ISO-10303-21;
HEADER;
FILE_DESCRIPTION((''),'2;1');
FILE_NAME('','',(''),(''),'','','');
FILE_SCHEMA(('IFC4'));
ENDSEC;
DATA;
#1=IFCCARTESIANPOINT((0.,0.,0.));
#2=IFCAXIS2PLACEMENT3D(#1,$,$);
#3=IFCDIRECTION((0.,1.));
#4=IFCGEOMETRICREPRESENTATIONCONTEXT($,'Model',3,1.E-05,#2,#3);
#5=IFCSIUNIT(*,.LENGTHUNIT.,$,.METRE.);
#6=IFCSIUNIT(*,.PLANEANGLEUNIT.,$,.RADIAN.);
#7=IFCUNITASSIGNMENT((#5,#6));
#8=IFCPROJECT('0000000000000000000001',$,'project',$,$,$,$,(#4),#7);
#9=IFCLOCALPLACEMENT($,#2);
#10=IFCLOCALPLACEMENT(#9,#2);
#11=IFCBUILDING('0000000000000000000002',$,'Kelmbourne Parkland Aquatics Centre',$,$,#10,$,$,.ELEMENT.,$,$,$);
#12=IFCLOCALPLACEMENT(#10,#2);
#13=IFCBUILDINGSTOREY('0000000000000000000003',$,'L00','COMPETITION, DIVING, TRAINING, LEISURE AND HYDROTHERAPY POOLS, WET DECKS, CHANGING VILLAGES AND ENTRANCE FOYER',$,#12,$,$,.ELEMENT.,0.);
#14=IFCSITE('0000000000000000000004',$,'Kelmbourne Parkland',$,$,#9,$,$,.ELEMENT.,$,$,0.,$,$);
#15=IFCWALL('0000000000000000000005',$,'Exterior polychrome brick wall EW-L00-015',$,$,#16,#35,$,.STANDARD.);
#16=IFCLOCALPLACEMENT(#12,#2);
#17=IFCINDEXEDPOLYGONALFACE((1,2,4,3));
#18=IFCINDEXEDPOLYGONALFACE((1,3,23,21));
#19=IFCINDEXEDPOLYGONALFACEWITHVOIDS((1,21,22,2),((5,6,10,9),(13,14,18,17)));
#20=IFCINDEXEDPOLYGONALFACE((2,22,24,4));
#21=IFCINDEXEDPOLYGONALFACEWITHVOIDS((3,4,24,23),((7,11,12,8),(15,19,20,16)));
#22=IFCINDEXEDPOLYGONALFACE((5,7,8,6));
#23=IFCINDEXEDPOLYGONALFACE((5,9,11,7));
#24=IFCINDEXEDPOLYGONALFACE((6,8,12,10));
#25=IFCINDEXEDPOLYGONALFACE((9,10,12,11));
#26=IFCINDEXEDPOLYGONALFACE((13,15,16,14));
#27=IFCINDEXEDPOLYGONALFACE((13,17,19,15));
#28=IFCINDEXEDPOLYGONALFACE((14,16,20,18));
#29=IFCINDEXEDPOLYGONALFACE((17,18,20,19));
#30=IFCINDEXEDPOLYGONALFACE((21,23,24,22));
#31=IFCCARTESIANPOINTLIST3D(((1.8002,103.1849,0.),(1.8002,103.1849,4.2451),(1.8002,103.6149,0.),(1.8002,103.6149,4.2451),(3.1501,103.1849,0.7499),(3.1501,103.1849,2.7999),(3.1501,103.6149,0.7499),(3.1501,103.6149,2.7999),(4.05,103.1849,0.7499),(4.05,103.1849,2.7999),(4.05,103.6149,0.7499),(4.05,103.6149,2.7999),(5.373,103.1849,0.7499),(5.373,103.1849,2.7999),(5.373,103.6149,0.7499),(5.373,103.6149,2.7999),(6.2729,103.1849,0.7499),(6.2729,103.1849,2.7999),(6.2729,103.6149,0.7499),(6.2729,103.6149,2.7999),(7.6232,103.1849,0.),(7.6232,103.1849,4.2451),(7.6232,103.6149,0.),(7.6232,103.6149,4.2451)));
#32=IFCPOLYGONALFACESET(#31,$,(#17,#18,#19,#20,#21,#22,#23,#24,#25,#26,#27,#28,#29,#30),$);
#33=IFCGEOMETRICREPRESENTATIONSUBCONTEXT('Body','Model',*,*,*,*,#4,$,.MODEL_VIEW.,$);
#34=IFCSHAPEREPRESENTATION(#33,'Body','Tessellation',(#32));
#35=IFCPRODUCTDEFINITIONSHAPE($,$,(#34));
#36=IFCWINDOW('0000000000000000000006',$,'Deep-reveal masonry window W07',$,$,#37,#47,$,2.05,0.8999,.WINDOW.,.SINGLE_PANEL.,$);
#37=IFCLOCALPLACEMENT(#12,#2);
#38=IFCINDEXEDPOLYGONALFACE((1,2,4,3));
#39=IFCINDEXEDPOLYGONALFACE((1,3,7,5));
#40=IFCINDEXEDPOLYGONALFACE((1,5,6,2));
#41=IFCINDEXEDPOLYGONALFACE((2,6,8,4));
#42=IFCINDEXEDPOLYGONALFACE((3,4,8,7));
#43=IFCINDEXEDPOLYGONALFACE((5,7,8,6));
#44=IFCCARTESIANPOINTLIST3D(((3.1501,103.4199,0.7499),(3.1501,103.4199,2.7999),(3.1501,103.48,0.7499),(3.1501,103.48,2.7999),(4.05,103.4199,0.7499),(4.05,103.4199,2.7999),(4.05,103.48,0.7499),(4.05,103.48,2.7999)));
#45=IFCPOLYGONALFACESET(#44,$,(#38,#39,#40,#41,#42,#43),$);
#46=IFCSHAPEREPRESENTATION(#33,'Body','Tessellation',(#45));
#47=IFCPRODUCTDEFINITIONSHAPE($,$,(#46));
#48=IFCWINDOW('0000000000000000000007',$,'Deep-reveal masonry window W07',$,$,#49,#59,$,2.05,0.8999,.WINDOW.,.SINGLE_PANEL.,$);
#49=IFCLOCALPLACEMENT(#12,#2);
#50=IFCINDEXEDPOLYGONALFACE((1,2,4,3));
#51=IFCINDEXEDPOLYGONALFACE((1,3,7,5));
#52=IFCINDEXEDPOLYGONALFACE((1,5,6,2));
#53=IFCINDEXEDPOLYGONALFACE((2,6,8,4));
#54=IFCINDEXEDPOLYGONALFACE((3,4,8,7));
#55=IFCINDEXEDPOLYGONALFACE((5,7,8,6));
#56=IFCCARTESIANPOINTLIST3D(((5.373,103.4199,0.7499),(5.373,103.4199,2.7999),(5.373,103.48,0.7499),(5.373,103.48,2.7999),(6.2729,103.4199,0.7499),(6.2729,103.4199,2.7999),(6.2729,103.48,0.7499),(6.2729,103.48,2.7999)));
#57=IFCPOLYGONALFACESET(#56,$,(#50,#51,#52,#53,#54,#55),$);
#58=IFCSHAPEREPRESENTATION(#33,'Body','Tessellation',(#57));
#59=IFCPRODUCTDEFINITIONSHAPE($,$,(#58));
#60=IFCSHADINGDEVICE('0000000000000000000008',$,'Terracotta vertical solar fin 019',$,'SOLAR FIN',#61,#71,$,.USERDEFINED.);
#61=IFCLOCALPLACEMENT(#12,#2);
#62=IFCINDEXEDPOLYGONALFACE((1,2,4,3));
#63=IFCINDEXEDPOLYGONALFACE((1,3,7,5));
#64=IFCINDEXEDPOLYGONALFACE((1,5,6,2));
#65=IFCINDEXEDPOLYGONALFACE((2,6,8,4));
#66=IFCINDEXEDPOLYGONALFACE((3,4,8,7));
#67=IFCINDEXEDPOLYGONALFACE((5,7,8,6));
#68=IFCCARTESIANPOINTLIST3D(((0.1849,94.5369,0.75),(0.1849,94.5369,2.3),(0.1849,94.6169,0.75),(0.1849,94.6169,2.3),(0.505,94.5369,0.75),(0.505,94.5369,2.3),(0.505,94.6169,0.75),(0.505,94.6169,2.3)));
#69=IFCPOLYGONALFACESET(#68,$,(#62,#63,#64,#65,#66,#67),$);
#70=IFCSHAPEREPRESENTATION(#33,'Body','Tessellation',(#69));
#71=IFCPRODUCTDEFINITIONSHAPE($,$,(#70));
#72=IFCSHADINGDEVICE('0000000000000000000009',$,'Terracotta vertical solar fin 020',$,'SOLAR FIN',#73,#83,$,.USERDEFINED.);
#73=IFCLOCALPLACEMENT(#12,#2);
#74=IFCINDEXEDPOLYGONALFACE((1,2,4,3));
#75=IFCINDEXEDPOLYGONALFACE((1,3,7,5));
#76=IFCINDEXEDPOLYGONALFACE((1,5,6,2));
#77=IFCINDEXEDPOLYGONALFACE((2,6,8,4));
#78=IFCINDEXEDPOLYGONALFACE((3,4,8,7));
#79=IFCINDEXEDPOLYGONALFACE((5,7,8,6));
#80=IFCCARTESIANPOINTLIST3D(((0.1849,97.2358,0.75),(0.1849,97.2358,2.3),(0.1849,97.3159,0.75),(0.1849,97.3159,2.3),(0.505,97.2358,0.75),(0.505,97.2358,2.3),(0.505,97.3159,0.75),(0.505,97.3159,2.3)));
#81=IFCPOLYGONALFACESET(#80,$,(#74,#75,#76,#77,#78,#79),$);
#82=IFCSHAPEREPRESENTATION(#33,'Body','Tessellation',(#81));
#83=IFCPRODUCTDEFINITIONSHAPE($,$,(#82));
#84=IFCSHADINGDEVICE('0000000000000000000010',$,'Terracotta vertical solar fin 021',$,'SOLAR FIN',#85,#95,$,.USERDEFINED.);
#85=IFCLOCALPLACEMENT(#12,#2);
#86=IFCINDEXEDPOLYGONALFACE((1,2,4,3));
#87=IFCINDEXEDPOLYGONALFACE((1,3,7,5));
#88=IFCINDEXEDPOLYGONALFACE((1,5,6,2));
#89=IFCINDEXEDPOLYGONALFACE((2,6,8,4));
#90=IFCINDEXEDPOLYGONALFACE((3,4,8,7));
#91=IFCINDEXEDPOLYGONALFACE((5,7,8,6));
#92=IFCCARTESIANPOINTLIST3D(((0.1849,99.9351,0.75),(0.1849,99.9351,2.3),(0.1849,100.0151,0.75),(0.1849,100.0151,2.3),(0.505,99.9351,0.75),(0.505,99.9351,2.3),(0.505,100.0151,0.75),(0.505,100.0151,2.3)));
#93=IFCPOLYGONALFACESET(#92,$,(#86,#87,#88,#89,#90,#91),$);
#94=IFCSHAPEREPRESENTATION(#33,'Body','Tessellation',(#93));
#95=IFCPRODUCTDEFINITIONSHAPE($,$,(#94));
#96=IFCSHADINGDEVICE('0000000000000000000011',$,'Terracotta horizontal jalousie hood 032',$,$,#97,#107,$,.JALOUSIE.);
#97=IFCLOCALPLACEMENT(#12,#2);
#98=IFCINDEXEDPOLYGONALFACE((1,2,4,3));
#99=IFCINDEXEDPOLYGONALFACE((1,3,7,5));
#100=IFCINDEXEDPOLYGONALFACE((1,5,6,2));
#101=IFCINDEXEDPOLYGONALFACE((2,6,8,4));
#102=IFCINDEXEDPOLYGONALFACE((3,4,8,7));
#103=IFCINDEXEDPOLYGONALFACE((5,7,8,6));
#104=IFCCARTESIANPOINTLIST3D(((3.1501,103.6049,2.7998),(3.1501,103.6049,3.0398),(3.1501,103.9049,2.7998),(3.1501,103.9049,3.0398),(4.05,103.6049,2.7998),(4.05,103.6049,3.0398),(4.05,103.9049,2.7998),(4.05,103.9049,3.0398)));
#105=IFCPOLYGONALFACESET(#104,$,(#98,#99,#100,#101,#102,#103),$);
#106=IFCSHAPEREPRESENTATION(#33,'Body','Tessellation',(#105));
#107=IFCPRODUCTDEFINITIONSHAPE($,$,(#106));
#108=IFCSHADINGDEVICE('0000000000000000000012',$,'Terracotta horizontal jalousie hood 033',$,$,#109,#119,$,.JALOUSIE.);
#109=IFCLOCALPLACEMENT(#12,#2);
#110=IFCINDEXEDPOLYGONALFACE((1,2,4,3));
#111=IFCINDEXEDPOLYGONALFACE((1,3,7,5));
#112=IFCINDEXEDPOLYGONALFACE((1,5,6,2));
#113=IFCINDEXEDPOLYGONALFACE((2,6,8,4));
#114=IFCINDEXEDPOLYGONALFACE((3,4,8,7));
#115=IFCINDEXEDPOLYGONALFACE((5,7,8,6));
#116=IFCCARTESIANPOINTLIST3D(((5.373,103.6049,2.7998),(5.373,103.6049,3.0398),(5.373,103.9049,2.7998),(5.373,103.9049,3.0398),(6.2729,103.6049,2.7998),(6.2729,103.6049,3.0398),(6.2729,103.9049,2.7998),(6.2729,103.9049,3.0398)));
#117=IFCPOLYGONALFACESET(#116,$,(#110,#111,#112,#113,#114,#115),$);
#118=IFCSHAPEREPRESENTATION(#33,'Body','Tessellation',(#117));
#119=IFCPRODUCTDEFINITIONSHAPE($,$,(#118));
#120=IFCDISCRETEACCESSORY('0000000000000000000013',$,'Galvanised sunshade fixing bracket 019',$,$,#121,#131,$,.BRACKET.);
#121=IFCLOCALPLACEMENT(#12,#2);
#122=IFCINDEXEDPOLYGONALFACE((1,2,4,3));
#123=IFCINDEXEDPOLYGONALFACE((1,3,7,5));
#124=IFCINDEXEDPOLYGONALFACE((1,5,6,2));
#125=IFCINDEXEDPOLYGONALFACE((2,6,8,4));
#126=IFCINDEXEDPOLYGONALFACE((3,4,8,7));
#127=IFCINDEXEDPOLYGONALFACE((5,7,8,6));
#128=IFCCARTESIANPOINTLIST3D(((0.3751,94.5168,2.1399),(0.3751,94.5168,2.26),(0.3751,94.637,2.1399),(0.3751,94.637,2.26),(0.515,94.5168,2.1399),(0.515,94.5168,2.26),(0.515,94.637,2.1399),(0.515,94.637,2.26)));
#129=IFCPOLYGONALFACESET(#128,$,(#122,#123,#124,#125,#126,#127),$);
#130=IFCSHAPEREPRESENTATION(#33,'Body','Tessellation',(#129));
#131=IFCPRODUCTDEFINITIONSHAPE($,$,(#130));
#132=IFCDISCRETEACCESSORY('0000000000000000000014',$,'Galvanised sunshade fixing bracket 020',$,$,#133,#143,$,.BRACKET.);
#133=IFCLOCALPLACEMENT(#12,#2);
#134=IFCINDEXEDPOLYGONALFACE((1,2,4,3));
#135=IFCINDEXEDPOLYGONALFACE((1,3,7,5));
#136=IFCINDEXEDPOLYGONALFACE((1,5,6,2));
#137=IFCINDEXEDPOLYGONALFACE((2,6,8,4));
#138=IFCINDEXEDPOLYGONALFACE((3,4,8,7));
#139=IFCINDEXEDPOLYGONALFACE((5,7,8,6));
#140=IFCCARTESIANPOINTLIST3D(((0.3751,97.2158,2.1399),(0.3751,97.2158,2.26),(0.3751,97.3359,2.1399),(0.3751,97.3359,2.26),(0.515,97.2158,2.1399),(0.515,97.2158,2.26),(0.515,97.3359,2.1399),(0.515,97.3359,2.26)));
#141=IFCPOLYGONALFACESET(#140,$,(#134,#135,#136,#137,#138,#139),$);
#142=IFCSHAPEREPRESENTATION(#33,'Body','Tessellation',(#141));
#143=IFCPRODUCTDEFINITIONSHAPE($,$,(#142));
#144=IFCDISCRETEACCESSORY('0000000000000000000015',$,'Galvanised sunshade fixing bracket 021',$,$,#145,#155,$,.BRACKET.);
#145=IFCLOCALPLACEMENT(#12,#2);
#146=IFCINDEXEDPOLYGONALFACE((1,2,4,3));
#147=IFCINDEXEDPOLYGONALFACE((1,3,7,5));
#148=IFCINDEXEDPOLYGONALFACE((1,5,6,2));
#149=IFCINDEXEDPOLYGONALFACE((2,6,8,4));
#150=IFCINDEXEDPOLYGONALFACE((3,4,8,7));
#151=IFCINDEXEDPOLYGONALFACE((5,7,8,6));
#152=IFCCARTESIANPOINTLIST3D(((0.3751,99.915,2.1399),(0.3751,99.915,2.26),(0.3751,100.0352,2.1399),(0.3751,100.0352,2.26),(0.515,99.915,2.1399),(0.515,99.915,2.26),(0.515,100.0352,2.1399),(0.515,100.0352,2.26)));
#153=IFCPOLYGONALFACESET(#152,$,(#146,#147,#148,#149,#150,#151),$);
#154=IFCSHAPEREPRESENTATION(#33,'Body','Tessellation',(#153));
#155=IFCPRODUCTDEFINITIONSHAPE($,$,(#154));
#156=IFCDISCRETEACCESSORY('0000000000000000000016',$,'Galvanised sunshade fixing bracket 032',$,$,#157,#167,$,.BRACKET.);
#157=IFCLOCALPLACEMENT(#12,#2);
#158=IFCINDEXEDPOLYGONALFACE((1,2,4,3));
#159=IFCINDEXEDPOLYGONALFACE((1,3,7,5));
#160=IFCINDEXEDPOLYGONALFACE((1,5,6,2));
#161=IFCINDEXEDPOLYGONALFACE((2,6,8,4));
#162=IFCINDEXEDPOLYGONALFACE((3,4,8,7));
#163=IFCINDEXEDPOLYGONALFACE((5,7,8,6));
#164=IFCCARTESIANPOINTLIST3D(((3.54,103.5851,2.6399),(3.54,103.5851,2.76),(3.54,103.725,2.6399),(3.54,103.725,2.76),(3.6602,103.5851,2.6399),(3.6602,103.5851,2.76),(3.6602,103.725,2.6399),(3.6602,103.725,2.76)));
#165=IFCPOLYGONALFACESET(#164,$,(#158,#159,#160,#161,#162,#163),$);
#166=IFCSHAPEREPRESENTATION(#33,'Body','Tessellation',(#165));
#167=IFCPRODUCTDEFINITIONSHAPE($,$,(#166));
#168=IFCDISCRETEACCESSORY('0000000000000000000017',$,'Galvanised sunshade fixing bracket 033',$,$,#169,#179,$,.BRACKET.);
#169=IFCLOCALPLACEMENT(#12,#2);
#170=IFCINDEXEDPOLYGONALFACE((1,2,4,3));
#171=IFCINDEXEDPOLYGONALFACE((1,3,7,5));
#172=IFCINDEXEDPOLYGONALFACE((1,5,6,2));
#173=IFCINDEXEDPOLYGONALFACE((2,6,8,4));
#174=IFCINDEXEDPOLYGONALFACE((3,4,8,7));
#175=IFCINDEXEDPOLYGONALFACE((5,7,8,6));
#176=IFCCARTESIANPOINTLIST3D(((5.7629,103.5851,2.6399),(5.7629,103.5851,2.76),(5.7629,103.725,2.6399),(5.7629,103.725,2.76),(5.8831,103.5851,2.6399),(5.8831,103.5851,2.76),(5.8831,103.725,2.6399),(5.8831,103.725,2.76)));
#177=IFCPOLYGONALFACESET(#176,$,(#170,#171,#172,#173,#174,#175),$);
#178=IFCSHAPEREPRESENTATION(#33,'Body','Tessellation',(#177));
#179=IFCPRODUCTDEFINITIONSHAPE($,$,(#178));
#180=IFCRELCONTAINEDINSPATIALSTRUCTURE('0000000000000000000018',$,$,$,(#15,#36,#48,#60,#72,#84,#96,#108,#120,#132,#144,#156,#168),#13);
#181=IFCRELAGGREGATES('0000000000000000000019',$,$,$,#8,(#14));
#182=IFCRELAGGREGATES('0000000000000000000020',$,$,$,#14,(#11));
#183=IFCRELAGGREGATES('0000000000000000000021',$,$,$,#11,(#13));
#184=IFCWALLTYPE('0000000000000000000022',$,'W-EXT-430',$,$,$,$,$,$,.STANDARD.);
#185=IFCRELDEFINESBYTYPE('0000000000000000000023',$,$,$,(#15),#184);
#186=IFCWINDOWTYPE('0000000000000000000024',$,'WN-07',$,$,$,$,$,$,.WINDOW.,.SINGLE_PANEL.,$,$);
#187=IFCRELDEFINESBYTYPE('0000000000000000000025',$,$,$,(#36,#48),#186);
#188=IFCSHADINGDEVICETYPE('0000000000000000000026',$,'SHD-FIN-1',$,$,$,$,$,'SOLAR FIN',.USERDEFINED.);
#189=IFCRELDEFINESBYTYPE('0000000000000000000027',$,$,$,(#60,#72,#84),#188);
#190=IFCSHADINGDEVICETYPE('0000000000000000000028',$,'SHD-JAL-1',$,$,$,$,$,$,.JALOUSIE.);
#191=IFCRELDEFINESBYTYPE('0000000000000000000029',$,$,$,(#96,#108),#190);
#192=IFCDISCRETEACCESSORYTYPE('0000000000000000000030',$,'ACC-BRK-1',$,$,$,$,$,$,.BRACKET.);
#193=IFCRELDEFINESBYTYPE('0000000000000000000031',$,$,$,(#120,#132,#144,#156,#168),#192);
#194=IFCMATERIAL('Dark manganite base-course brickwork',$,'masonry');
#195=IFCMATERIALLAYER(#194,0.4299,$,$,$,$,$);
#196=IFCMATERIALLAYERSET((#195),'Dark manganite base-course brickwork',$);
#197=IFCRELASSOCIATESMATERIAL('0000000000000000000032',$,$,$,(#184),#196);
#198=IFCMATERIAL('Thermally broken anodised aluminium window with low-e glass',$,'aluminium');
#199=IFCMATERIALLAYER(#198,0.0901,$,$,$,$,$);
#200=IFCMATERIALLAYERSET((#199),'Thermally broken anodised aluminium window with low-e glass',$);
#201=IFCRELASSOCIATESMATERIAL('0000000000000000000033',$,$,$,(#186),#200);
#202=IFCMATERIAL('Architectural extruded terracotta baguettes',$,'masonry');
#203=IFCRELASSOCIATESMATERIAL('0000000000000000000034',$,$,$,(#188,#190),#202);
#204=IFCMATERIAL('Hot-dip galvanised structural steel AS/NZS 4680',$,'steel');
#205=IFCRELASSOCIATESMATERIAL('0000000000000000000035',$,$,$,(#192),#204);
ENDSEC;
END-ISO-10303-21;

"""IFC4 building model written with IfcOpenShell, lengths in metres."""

from ifc_helpers import new_model, si_unit, direction, frame, frame_2d, origin, origin_2d, place, context, subcontext, project, spatial, rectangle, extrude, material, layer, layer_set, type_object, element, fill, save


model = new_model("IFC4")

# Units and contexts
model_context = context("Model", 3, precision=1e-05, world=origin(), true_north=direction((0.0, 1.0)))
body_context = subcontext(model_context, "Body", "Model", "MODEL_VIEW")
ifc_project = project(units=[si_unit("LENGTHUNIT", "METRE"), si_unit("PLANEANGLEUNIT", "RADIAN")], contexts=[model_context])

# Site, building, storey
site_placement = place(None, origin())
site = spatial("IfcSite", under=ifc_project, at=site_placement, Name="Kelmbourne Parkland", CompositionType="ELEMENT", RefElevation=0.0)
building_placement = place(site_placement, origin())
building = spatial("IfcBuilding", under=site, at=building_placement, Name="Kelmbourne Parkland Aquatics Centre", CompositionType="ELEMENT")
storey_placement = place(building_placement, origin())
storey = spatial("IfcBuildingStorey", under=building, at=storey_placement, Name="L00", Description="COMPETITION, DIVING, TRAINING, LEISURE AND HYDROTHERAPY POOLS, WET DECKS, CHANGING VILLAGES AND ENTRANCE FOYER", CompositionType="ELEMENT", Elevation=0.0)

# Wall, openings, windows
ifc_material_1 = material(Name="Dark manganite base-course brickwork", Category="masonry")
ifc_layer_1 = layer(ifc_material_1, 0.4299)
ifc_layer_set_1 = layer_set([ifc_layer_1], Name="Dark manganite base-course brickwork")
wall_type_1 = type_object("IfcWallType", Name="W-EXT-430", PredefinedType="STANDARD", material=ifc_layer_set_1)
ifc_material_2 = material(Name="Thermally broken anodised aluminium window with low-e glass", Category="aluminium")
wall_1_placement = place(storey_placement, frame((1.8, 103.3999, 0.0), z_axis=(0.0, 0.0, 1.0), x_axis=(1.0, 0.0, 0.0)))
wall_1 = element("IfcWall", 1, at=wall_1_placement, inside=storey, type_object=wall_type_1, Name="Exterior polychrome brick wall EW-L00-015", PredefinedType="STANDARD", context=body_context, shape_type="SweptSolid", body=[
    extrude(rectangle(XDim=5.823, YDim=0.4299, at=frame_2d((2.9116, 0.0))), origin(), (0.0, 0.0, 1.0), 4.2451),
])
opening_1_placement = place(wall_1_placement, frame((1.3501, 0.0, 0.75)))
opening_1 = element("IfcOpeningElement", 2, at=opening_1_placement, cuts=wall_1, PredefinedType="OPENING", context=body_context, shape_type="SweptSolid", body=[
    extrude(rectangle(XDim=0.8999, YDim=2.05, at=frame_2d((0.45, 1.0249))), frame((0.0, 0.2271, 0.0), z_axis=(0.0, -1.0, 0.0), x_axis=(1.0, 0.0, 0.0)), (0.0, 0.0, 1.0), 0.4539),
])
opening_2_placement = place(wall_1_placement, frame((3.573, 0.0, 0.75)))
opening_2 = element("IfcOpeningElement", 3, at=opening_2_placement, cuts=wall_1, PredefinedType="OPENING", context=body_context, shape_type="SweptSolid", body=[
    extrude(rectangle(XDim=0.8999, YDim=2.05, at=frame_2d((0.45, 1.0249))), frame((0.0, 0.2271, 0.0), z_axis=(0.0, -1.0, 0.0), x_axis=(1.0, 0.0, 0.0)), (0.0, 0.0, 1.0), 0.4539),
])
ifc_layer_2 = layer(ifc_material_2, 0.0901)
ifc_layer_set_2 = layer_set([ifc_layer_2], Name="Thermally broken anodised aluminium window with low-e glass")
window_type_1 = type_object("IfcWindowType", Name="WN-07", PartitioningType="SINGLE_PANEL", PredefinedType="WINDOW", material=ifc_layer_set_2)
window_1_placement = place(opening_1_placement, origin())
window_1 = element("IfcWindow", 4, at=window_1_placement, inside=storey, type_object=window_type_1, Name="Deep-reveal masonry window W07", OverallHeight=2.05, OverallWidth=0.8999, PartitioningType="SINGLE_PANEL", PredefinedType="WINDOW", context=body_context, shape_type="SweptSolid", body=[
    extrude(rectangle(XDim=0.8999, YDim=2.05, at=frame_2d((0.45, 1.0249))), frame((0.0, 0.0801, 0.0), z_axis=(0.0, -1.0, 0.0), x_axis=(1.0, 0.0, 0.0)), (0.0, 0.0, 1.0), 0.0601),
])
fill(opening_1, window_1)
window_2_placement = place(opening_2_placement, origin())
window_2 = element("IfcWindow", 5, at=window_2_placement, inside=storey, type_object=window_type_1, Name="Deep-reveal masonry window W07", OverallHeight=2.05, OverallWidth=0.8999, PartitioningType="SINGLE_PANEL", PredefinedType="WINDOW", context=body_context, shape_type="SweptSolid", body=[
    extrude(rectangle(XDim=0.8999, YDim=2.05, at=frame_2d((0.45, 1.0249))), frame((0.0, 0.0801, 0.0), z_axis=(0.0, -1.0, 0.0), x_axis=(1.0, 0.0, 0.0)), (0.0, 0.0, 1.0), 0.0601),
])
fill(opening_2, window_2)

# Shading devices
ifc_material_3 = material(Name="Architectural extruded terracotta baguettes", Category="masonry")
shading_device_type_1 = type_object("IfcShadingDeviceType", Name="SHD-FIN-1", ElementType="SOLAR FIN", PredefinedType="USERDEFINED", material=ifc_material_3)
for number, where, z_axis, x_axis, name in (
    (6, (0.345, 94.5769, 0.75), (0.0, 0.0, 1.0), (0.0, 1.0, 0.0), "Terracotta vertical solar fin 019"),
    (7, (0.345, 97.2759, 0.75), (0.0, 0.0, 1.0), (0.0, 1.0, 0.0), "Terracotta vertical solar fin 020"),
    (8, (0.345, 99.9751, 0.75), (0.0, 0.0, 1.0), (0.0, 1.0, 0.0), "Terracotta vertical solar fin 021"),
):
    element("IfcShadingDevice", number, at=place(storey_placement, frame(where, z_axis=z_axis, x_axis=x_axis)), inside=storey, type_object=shading_device_type_1, Name=name, ObjectType="SOLAR FIN", PredefinedType="USERDEFINED", context=body_context, shape_type="SweptSolid", body=[
        extrude(rectangle(XDim=0.0801, YDim=0.3201, at=origin_2d()), origin(), (0.0, 0.0, 1.0), 1.55),
    ])
shading_device_type_2 = type_object("IfcShadingDeviceType", Name="SHD-JAL-1", PredefinedType="JALOUSIE", material=ifc_material_3)
for number, where, z_axis, x_axis, name in (
    (9, (3.6001, 103.7549, 2.7998), (0.0, 0.0, 1.0), (1.0, 0.0, 0.0), "Terracotta horizontal jalousie hood 032"),
    (10, (5.823, 103.7549, 2.7998), (0.0, 0.0, 1.0), (1.0, 0.0, 0.0), "Terracotta horizontal jalousie hood 033"),
):
    element("IfcShadingDevice", number, at=place(storey_placement, frame(where, z_axis=z_axis, x_axis=x_axis)), inside=storey, type_object=shading_device_type_2, Name=name, PredefinedType="JALOUSIE", context=body_context, shape_type="SweptSolid", body=[
        extrude(rectangle(XDim=0.8999, YDim=0.3, at=origin_2d()), origin(), (0.0, 0.0, 1.0), 0.24),
    ])

# Discrete accessories
ifc_material_4 = material(Name="Hot-dip galvanised structural steel AS/NZS 4680", Category="steel")
discrete_accessory_type = type_object("IfcDiscreteAccessoryType", Name="ACC-BRK-1", PredefinedType="BRACKET", material=ifc_material_4)
for number, where, z_axis, x_axis, name in (
    (11, (0.4451, 94.5769, 2.1399), (0.0, 0.0, 1.0), (0.0, 1.0, 0.0), "Galvanised sunshade fixing bracket 019"),
    (12, (0.4451, 97.2759, 2.1399), (0.0, 0.0, 1.0), (0.0, 1.0, 0.0), "Galvanised sunshade fixing bracket 020"),
    (13, (0.4451, 99.9751, 2.1399), (0.0, 0.0, 1.0), (0.0, 1.0, 0.0), "Galvanised sunshade fixing bracket 021"),
    (14, (3.6001, 103.655, 2.6399), (0.0, 0.0, 1.0), (1.0, 0.0, 0.0), "Galvanised sunshade fixing bracket 032"),
    (15, (5.823, 103.655, 2.6399), (0.0, 0.0, 1.0), (1.0, 0.0, 0.0), "Galvanised sunshade fixing bracket 033"),
):
    element("IfcDiscreteAccessory", number, at=place(storey_placement, frame(where, z_axis=z_axis, x_axis=x_axis)), inside=storey, type_object=discrete_accessory_type, Name=name, PredefinedType="BRACKET", context=body_context, shape_type="SweptSolid", body=[
        extrude(rectangle(XDim=0.1201, YDim=0.1399, at=origin_2d()), origin(), (0.0, 0.0, 1.0), 0.1201),
    ])

save(model, "model.ifc")
